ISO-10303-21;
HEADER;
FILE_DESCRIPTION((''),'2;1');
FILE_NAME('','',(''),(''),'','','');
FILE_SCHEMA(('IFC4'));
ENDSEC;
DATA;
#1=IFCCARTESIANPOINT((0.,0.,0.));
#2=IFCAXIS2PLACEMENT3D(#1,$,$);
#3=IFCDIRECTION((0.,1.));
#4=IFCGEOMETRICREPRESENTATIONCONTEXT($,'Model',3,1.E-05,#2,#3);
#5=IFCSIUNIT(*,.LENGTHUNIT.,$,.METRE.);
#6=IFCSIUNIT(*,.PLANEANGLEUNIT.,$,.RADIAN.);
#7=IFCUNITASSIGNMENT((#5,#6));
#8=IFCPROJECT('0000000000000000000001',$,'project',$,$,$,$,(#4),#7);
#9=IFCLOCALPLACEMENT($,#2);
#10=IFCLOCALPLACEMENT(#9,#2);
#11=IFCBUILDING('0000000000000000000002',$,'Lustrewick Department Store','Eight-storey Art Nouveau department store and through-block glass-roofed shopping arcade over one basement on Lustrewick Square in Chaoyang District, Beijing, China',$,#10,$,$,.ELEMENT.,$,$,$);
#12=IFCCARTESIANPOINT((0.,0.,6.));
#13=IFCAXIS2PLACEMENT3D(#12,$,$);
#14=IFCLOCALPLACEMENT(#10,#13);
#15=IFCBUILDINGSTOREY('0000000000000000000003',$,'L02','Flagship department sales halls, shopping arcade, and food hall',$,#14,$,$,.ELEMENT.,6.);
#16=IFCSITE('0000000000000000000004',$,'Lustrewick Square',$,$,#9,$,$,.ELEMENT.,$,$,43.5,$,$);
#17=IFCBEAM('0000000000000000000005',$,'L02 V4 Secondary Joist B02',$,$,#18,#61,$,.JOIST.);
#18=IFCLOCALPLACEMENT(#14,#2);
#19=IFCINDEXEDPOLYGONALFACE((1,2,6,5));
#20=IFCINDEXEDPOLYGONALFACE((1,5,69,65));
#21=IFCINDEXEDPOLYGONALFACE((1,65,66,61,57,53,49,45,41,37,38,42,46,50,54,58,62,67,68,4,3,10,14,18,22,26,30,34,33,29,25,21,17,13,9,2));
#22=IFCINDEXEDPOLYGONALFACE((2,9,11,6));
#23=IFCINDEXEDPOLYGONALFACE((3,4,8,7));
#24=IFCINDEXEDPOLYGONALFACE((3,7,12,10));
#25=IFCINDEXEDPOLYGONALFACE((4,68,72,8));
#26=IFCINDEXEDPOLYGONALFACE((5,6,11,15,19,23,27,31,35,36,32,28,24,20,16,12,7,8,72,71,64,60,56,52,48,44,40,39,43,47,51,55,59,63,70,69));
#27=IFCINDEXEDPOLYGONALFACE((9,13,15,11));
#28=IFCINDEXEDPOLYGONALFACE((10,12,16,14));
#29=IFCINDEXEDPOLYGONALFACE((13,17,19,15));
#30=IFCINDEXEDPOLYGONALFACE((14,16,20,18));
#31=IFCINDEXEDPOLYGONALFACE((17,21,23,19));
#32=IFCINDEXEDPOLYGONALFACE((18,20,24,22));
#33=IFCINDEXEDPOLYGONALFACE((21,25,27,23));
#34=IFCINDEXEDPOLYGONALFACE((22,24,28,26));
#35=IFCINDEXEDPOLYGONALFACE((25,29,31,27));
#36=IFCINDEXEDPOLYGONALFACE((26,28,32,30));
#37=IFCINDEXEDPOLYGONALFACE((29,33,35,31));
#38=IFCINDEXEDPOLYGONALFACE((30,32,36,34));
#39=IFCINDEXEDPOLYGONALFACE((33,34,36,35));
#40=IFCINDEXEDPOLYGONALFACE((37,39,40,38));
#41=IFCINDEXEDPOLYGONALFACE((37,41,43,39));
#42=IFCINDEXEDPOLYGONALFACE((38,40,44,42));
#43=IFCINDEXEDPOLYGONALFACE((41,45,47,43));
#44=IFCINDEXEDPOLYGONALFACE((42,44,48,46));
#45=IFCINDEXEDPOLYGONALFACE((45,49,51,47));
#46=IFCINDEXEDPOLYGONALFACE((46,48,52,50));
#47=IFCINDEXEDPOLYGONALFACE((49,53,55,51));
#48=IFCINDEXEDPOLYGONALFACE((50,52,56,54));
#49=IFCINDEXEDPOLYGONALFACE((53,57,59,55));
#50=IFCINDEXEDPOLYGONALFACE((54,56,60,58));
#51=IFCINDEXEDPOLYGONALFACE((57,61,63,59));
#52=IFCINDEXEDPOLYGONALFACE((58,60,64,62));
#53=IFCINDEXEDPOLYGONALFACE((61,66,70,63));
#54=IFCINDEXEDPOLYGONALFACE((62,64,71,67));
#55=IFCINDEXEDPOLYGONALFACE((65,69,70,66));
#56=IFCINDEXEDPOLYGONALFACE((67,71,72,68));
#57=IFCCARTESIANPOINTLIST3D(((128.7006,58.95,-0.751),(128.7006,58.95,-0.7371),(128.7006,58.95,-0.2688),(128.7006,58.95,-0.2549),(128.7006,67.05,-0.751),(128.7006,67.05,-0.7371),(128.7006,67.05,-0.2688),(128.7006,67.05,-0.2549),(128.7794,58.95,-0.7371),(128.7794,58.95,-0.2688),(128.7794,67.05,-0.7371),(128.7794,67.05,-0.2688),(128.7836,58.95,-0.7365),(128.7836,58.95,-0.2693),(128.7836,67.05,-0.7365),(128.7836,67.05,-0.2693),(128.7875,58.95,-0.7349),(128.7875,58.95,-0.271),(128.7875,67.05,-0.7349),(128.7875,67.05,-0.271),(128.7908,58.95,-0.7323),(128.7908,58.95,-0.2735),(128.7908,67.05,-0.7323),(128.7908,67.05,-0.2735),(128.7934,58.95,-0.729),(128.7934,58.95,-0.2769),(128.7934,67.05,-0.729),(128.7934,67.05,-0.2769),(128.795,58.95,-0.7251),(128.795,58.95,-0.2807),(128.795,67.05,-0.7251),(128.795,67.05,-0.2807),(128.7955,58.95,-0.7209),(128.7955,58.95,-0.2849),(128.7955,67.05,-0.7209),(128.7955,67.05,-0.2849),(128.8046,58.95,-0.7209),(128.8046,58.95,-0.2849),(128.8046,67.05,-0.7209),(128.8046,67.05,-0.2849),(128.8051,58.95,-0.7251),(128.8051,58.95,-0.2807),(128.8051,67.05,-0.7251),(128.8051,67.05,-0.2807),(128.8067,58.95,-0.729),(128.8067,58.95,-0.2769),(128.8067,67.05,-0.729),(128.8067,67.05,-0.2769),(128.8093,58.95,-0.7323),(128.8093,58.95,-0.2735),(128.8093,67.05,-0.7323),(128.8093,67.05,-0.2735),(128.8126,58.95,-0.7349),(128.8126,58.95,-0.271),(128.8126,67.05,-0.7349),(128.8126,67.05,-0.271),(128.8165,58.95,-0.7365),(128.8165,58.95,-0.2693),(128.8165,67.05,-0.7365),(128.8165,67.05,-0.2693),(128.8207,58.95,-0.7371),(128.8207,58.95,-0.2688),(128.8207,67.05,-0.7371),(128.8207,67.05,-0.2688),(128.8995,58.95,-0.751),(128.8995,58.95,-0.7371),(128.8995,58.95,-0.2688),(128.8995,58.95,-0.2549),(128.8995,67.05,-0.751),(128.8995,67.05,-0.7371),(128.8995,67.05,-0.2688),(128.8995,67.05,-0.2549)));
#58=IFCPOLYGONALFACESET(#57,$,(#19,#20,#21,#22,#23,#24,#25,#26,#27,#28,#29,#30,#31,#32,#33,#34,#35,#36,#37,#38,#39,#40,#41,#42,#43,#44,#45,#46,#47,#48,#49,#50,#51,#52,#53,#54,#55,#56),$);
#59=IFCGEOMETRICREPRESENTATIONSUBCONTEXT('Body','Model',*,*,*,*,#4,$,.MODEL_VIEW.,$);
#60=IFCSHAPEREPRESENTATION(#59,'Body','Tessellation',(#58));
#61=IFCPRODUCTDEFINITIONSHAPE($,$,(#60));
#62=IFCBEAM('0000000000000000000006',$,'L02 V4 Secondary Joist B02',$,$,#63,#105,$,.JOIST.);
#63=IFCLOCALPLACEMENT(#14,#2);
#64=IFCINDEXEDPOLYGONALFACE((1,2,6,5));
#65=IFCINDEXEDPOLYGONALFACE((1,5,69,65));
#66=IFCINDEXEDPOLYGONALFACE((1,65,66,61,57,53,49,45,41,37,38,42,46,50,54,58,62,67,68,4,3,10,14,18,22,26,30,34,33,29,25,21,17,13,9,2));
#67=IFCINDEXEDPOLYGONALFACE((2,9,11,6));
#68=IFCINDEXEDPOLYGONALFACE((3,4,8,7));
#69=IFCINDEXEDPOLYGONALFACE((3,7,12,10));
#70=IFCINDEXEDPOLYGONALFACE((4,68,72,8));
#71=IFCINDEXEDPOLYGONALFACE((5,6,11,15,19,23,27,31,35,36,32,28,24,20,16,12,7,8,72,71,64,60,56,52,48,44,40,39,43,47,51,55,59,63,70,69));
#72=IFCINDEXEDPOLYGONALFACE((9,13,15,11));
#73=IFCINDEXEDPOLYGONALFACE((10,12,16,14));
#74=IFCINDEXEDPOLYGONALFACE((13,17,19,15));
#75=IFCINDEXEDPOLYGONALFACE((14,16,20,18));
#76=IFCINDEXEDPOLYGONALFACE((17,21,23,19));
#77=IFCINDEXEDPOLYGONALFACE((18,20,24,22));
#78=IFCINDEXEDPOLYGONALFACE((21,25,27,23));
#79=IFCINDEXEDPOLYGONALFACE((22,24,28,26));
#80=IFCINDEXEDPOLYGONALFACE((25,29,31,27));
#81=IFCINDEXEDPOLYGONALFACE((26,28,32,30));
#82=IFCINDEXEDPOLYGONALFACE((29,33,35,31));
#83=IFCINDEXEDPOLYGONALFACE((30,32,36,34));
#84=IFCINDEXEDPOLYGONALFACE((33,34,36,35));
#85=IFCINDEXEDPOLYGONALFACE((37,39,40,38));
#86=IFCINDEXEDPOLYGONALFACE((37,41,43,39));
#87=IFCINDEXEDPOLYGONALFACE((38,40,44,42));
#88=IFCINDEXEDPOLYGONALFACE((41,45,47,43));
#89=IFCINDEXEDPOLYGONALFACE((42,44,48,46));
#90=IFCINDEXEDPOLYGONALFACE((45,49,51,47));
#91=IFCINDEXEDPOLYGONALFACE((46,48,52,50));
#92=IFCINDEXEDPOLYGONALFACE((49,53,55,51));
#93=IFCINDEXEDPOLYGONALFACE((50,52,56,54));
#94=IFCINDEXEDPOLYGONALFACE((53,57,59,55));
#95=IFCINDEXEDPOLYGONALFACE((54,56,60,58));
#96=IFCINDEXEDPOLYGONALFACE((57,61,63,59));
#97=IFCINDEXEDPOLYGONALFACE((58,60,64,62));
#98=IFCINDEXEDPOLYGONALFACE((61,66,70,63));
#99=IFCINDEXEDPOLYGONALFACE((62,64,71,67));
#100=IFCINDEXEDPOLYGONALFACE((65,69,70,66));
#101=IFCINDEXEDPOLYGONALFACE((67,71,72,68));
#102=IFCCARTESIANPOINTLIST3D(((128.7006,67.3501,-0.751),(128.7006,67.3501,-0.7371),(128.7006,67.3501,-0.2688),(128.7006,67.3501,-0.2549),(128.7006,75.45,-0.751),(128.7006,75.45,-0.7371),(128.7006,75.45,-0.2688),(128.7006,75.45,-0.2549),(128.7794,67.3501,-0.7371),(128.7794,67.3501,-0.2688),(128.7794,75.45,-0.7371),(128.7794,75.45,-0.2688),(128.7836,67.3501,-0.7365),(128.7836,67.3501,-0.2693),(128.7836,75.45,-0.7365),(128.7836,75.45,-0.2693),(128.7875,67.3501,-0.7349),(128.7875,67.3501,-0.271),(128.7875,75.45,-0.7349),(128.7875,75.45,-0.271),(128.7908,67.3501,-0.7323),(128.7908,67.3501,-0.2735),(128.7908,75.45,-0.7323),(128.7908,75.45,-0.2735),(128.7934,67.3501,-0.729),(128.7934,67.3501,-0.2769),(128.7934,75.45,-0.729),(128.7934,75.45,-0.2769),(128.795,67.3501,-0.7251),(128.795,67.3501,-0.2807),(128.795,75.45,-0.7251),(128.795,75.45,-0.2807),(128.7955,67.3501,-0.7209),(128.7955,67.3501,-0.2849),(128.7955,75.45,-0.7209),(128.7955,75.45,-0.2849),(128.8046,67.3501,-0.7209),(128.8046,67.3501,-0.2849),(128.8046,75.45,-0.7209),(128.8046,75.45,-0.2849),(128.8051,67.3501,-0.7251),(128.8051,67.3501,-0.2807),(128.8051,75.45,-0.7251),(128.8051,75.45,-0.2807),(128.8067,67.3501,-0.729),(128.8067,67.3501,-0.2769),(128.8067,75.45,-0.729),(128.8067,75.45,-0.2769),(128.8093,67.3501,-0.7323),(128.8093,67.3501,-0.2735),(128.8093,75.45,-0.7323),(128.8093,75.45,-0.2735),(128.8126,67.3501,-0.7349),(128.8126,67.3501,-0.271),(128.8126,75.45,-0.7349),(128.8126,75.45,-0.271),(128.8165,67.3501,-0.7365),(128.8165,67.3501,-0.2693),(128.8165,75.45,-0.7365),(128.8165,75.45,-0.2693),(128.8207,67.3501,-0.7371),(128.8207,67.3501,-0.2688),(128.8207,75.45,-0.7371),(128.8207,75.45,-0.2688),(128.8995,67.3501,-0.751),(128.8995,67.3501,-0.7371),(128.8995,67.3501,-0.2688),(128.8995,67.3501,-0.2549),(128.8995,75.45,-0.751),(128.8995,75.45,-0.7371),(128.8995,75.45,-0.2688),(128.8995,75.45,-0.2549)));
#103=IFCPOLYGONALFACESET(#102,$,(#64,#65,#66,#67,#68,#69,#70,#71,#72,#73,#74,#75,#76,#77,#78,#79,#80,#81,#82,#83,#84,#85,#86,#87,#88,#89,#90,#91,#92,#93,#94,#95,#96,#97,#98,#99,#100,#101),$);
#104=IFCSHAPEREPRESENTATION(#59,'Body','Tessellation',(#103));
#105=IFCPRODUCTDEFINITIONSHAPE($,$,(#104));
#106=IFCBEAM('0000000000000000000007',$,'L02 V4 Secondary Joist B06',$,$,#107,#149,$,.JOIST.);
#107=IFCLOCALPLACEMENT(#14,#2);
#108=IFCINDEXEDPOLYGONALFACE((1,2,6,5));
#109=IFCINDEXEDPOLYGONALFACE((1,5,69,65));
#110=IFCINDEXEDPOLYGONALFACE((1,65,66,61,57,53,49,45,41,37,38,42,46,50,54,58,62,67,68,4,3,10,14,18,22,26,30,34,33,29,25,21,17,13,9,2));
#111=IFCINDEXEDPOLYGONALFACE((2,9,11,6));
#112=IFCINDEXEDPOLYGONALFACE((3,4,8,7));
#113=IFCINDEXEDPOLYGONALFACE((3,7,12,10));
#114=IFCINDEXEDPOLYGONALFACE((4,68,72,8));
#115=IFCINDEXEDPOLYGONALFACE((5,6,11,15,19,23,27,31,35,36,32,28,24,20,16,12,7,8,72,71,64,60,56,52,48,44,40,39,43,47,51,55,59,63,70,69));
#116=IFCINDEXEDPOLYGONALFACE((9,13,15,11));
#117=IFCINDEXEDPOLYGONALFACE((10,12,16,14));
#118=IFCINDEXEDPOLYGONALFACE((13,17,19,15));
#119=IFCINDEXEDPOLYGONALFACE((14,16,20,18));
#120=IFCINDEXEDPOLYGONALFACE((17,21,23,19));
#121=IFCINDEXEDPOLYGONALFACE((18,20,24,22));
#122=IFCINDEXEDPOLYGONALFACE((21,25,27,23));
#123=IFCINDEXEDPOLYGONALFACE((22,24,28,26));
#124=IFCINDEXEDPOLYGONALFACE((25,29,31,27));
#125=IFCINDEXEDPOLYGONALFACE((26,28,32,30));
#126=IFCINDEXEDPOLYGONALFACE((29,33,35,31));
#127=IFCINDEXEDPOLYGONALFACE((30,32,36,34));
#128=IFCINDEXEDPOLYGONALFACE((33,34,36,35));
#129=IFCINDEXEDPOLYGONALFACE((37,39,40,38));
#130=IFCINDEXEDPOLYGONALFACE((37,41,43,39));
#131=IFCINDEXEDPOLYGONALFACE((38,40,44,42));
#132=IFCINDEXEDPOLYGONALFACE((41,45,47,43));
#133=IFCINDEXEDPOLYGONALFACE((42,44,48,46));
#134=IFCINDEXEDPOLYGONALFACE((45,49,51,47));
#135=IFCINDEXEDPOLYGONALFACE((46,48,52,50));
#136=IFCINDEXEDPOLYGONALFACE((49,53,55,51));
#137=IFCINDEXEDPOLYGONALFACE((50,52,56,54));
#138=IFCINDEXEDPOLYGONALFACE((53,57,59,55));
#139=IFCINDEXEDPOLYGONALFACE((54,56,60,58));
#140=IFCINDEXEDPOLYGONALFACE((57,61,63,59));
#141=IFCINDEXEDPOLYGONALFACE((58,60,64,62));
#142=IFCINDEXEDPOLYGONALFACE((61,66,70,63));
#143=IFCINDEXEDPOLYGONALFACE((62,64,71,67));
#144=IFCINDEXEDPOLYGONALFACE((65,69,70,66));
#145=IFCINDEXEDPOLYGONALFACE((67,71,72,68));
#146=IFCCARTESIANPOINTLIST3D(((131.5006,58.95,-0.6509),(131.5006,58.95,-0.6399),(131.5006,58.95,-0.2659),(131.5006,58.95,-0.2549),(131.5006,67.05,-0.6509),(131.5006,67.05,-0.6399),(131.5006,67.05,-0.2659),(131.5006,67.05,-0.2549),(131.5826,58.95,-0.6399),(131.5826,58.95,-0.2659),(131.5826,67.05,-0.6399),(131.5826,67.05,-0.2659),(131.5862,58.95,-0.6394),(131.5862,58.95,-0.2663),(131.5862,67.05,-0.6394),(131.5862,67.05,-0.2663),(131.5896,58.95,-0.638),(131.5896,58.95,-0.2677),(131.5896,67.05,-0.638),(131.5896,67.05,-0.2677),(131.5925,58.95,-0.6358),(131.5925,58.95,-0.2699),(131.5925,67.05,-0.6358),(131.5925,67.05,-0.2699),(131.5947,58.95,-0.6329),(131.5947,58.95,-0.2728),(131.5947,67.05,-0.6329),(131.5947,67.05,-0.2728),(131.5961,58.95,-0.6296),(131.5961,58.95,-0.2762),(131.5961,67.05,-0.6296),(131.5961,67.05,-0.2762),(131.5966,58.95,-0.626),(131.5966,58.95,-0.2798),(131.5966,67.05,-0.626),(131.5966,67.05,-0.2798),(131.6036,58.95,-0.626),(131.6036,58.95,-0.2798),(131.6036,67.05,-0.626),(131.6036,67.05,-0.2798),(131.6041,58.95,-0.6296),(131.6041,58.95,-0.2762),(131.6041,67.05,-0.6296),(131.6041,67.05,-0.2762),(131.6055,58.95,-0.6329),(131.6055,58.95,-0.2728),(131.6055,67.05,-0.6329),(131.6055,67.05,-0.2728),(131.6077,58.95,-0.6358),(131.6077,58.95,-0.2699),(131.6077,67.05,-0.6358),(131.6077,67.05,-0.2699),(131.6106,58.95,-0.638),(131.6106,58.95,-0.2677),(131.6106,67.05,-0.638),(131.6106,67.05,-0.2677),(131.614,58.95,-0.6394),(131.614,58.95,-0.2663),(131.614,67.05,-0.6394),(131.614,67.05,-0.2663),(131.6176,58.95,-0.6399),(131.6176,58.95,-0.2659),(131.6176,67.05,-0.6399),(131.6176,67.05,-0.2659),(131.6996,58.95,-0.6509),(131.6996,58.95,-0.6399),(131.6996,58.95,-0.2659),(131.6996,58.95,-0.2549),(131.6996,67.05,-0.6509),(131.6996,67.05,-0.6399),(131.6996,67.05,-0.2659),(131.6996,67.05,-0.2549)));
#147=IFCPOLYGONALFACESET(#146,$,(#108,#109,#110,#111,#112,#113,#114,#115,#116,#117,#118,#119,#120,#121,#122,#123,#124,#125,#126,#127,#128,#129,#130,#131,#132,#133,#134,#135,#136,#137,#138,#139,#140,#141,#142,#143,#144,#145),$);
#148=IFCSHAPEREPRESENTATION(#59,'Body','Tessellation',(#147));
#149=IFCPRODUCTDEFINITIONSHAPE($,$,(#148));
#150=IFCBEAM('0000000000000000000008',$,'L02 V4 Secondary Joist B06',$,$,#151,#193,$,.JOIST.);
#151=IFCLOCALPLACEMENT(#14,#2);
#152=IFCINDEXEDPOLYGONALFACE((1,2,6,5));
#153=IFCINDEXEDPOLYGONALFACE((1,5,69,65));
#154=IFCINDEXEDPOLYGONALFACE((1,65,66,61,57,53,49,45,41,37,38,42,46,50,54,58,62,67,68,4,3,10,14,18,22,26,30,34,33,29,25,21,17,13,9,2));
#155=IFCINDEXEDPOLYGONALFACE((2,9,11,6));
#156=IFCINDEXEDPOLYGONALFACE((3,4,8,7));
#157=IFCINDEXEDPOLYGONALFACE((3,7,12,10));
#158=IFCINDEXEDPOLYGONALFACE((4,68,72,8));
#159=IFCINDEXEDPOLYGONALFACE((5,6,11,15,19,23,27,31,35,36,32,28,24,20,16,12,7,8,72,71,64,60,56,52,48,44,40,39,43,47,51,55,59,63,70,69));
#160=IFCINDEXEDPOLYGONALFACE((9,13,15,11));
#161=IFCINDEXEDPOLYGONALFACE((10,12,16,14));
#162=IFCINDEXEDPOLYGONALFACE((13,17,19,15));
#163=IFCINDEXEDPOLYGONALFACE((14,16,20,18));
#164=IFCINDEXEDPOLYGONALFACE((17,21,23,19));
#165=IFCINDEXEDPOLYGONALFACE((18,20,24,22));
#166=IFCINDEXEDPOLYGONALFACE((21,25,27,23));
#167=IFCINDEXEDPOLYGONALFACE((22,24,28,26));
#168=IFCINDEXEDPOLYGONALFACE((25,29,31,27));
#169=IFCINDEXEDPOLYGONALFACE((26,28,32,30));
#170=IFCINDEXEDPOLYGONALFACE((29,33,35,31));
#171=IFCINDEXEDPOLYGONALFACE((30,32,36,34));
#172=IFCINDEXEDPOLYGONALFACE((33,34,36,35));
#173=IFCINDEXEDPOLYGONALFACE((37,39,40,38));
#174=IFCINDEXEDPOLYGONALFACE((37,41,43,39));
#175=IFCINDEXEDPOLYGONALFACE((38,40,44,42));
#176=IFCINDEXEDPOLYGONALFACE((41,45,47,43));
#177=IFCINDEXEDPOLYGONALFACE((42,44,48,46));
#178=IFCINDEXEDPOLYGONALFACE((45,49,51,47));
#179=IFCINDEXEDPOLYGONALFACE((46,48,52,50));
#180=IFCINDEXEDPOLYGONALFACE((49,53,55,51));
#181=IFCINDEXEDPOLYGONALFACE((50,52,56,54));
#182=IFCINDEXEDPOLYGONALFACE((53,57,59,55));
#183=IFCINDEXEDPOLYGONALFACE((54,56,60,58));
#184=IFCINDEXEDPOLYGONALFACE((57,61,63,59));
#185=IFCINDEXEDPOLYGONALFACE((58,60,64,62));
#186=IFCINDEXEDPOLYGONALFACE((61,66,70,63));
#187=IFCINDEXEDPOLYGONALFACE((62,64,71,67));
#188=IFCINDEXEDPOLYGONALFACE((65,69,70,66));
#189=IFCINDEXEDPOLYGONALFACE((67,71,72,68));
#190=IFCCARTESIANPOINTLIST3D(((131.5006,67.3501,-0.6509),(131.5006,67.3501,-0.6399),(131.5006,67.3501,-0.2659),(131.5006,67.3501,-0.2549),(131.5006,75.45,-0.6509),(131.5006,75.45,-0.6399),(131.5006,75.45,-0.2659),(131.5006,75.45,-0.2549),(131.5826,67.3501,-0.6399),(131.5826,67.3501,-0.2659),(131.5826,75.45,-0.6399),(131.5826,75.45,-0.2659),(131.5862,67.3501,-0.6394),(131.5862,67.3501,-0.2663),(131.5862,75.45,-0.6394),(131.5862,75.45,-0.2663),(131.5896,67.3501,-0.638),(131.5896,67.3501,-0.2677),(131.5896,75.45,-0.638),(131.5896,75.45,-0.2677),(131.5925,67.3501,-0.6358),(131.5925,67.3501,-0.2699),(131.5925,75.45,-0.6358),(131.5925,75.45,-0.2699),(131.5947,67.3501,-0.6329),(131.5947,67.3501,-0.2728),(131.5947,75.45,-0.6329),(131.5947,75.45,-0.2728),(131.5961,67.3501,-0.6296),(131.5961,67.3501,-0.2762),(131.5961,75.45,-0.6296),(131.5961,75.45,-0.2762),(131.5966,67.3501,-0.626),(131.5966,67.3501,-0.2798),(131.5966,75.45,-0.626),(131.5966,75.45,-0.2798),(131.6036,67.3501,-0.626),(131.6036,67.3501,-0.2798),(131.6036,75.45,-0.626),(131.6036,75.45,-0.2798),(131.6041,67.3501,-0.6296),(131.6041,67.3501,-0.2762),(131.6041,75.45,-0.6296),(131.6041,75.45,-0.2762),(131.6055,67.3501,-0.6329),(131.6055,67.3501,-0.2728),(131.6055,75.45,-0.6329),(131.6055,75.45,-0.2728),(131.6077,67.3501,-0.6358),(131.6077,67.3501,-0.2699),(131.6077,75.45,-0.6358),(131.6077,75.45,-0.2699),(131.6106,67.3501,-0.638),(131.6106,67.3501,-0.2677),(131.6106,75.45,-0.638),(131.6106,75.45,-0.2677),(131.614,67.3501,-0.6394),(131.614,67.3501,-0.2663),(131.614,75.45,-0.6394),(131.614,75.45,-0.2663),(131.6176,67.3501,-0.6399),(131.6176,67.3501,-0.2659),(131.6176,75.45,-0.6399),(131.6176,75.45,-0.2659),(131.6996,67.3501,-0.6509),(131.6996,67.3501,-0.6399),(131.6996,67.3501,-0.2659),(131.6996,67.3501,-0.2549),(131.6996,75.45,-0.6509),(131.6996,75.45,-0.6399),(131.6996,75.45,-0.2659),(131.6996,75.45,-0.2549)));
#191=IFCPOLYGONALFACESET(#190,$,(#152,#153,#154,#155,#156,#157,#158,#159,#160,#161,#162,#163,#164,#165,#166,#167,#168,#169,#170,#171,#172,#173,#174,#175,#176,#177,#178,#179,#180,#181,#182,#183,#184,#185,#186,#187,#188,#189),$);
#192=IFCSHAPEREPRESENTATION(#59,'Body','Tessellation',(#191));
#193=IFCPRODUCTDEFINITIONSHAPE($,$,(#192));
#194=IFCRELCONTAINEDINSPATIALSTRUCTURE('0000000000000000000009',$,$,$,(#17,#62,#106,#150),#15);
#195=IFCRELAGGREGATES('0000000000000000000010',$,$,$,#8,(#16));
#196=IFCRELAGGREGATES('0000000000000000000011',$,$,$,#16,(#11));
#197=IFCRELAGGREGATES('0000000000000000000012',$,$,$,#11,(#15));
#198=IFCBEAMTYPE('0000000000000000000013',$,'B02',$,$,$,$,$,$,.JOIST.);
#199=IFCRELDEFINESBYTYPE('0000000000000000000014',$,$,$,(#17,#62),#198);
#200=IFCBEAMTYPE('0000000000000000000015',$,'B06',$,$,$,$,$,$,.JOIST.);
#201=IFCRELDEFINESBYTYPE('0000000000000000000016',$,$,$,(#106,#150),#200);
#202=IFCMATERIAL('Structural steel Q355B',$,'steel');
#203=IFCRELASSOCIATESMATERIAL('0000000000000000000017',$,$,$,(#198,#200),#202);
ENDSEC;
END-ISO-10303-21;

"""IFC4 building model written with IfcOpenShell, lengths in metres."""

from ifc_helpers import new_model, si_unit, direction, frame, origin, origin_2d, place, context, subcontext, project, spatial, i_section, extrude, material, material_profile, profile_set, type_object, element, save


model = new_model("IFC4")

# Units and contexts
model_context = context("Model", 3, precision=1e-05, world=origin(), true_north=direction((0.0, 1.0)))
body_context = subcontext(model_context, "Body", "Model", "MODEL_VIEW")
ifc_project = project(units=[si_unit("LENGTHUNIT", "METRE"), si_unit("PLANEANGLEUNIT", "RADIAN")], contexts=[model_context])

# Site, building, storey
site_placement = place(None, origin())
site = spatial("IfcSite", under=ifc_project, at=site_placement, Name="Lustrewick Square", CompositionType="ELEMENT", RefElevation=43.5)
building_placement = place(site_placement, origin())
building = spatial("IfcBuilding", under=site, at=building_placement, Name="Lustrewick Department Store", Description="Eight-storey Art Nouveau department store and through-block glass-roofed shopping arcade over one basement on Lustrewick Square in Chaoyang District, Beijing, China", CompositionType="ELEMENT")
storey_placement = place(building_placement, frame((0.0, 0.0, 6.0)))
storey = spatial("IfcBuildingStorey", under=building, at=storey_placement, Name="L02", Description="Flagship department sales halls, shopping arcade, and food hall", CompositionType="ELEMENT", Elevation=6.0)

# Beams
ifc_material_1 = material(Name="Structural steel Q355B", Category="steel")
ifc_material_profile_1 = material_profile(ifc_material_1, i_section(OverallWidth=0.199, OverallDepth=0.4961, WebThickness=0.009, FlangeThickness=0.0139, FilletRadius=0.0161, at=origin_2d()), Name="HN 496x199x9x14")
ifc_profile_set_1 = profile_set([ifc_material_profile_1], Name="Structural steel Q355B")
beam_type_1 = type_object("IfcBeamType", Name="B02", PredefinedType="JOIST", material=ifc_profile_set_1)
beam_1_placement = place(storey_placement, frame((128.8, 58.95, -0.5029), z_axis=(0.0, 1.0, 0.0), x_axis=(-1.0, 0.0, 0.0)))
element("IfcBeam", 1, at=beam_1_placement, inside=storey, type_object=beam_type_1, Name="L02 V4 Secondary Joist B02", PredefinedType="JOIST", context=body_context, shape_type="SweptSolid", body=[
    extrude(i_section(OverallWidth=0.199, OverallDepth=0.4961, WebThickness=0.009, FlangeThickness=0.0139, FilletRadius=0.0161, at=origin_2d()), origin(), (0.0, 0.0, 1.0), 8.1001),
])
beam_2_placement = place(storey_placement, frame((128.8, 67.3501, -0.5029), z_axis=(0.0, 1.0, 0.0), x_axis=(-1.0, 0.0, 0.0)))
element("IfcBeam", 2, at=beam_2_placement, inside=storey, type_object=beam_type_1, Name="L02 V4 Secondary Joist B02", PredefinedType="JOIST", context=body_context, shape_type="SweptSolid", body=[
    extrude(i_section(OverallWidth=0.199, OverallDepth=0.4961, WebThickness=0.009, FlangeThickness=0.0139, FilletRadius=0.0161, at=origin_2d()), origin(), (0.0, 0.0, 1.0), 8.0999),
])
ifc_material_profile_2 = material_profile(ifc_material_1, i_section(OverallWidth=0.199, OverallDepth=0.396, WebThickness=0.0071, FlangeThickness=0.011, FilletRadius=0.0139, at=origin_2d()), Name="HN 396x199x7x11")
ifc_profile_set_2 = profile_set([ifc_material_profile_2], Name="Structural steel Q355B")
beam_type_2 = type_object("IfcBeamType", Name="B06", PredefinedType="JOIST", material=ifc_profile_set_2)
beam_3_placement = place(storey_placement, frame((131.6001, 58.95, -0.4529), z_axis=(0.0, 1.0, 0.0), x_axis=(-1.0, 0.0, 0.0)))
element("IfcBeam", 3, at=beam_3_placement, inside=storey, type_object=beam_type_2, Name="L02 V4 Secondary Joist B06", PredefinedType="JOIST", context=body_context, shape_type="SweptSolid", body=[
    extrude(i_section(OverallWidth=0.199, OverallDepth=0.396, WebThickness=0.0071, FlangeThickness=0.011, FilletRadius=0.0139, at=origin_2d()), origin(), (0.0, 0.0, 1.0), 8.1001),
])
beam_4_placement = place(storey_placement, frame((131.6001, 67.3501, -0.4529), z_axis=(0.0, 1.0, 0.0), x_axis=(-1.0, 0.0, 0.0)))
element("IfcBeam", 4, at=beam_4_placement, inside=storey, type_object=beam_type_2, Name="L02 V4 Secondary Joist B06", PredefinedType="JOIST", context=body_context, shape_type="SweptSolid", body=[
    extrude(i_section(OverallWidth=0.199, OverallDepth=0.396, WebThickness=0.0071, FlangeThickness=0.011, FilletRadius=0.0139, at=origin_2d()), origin(), (0.0, 0.0, 1.0), 8.0999),
])

save(model, "model.ifc")
